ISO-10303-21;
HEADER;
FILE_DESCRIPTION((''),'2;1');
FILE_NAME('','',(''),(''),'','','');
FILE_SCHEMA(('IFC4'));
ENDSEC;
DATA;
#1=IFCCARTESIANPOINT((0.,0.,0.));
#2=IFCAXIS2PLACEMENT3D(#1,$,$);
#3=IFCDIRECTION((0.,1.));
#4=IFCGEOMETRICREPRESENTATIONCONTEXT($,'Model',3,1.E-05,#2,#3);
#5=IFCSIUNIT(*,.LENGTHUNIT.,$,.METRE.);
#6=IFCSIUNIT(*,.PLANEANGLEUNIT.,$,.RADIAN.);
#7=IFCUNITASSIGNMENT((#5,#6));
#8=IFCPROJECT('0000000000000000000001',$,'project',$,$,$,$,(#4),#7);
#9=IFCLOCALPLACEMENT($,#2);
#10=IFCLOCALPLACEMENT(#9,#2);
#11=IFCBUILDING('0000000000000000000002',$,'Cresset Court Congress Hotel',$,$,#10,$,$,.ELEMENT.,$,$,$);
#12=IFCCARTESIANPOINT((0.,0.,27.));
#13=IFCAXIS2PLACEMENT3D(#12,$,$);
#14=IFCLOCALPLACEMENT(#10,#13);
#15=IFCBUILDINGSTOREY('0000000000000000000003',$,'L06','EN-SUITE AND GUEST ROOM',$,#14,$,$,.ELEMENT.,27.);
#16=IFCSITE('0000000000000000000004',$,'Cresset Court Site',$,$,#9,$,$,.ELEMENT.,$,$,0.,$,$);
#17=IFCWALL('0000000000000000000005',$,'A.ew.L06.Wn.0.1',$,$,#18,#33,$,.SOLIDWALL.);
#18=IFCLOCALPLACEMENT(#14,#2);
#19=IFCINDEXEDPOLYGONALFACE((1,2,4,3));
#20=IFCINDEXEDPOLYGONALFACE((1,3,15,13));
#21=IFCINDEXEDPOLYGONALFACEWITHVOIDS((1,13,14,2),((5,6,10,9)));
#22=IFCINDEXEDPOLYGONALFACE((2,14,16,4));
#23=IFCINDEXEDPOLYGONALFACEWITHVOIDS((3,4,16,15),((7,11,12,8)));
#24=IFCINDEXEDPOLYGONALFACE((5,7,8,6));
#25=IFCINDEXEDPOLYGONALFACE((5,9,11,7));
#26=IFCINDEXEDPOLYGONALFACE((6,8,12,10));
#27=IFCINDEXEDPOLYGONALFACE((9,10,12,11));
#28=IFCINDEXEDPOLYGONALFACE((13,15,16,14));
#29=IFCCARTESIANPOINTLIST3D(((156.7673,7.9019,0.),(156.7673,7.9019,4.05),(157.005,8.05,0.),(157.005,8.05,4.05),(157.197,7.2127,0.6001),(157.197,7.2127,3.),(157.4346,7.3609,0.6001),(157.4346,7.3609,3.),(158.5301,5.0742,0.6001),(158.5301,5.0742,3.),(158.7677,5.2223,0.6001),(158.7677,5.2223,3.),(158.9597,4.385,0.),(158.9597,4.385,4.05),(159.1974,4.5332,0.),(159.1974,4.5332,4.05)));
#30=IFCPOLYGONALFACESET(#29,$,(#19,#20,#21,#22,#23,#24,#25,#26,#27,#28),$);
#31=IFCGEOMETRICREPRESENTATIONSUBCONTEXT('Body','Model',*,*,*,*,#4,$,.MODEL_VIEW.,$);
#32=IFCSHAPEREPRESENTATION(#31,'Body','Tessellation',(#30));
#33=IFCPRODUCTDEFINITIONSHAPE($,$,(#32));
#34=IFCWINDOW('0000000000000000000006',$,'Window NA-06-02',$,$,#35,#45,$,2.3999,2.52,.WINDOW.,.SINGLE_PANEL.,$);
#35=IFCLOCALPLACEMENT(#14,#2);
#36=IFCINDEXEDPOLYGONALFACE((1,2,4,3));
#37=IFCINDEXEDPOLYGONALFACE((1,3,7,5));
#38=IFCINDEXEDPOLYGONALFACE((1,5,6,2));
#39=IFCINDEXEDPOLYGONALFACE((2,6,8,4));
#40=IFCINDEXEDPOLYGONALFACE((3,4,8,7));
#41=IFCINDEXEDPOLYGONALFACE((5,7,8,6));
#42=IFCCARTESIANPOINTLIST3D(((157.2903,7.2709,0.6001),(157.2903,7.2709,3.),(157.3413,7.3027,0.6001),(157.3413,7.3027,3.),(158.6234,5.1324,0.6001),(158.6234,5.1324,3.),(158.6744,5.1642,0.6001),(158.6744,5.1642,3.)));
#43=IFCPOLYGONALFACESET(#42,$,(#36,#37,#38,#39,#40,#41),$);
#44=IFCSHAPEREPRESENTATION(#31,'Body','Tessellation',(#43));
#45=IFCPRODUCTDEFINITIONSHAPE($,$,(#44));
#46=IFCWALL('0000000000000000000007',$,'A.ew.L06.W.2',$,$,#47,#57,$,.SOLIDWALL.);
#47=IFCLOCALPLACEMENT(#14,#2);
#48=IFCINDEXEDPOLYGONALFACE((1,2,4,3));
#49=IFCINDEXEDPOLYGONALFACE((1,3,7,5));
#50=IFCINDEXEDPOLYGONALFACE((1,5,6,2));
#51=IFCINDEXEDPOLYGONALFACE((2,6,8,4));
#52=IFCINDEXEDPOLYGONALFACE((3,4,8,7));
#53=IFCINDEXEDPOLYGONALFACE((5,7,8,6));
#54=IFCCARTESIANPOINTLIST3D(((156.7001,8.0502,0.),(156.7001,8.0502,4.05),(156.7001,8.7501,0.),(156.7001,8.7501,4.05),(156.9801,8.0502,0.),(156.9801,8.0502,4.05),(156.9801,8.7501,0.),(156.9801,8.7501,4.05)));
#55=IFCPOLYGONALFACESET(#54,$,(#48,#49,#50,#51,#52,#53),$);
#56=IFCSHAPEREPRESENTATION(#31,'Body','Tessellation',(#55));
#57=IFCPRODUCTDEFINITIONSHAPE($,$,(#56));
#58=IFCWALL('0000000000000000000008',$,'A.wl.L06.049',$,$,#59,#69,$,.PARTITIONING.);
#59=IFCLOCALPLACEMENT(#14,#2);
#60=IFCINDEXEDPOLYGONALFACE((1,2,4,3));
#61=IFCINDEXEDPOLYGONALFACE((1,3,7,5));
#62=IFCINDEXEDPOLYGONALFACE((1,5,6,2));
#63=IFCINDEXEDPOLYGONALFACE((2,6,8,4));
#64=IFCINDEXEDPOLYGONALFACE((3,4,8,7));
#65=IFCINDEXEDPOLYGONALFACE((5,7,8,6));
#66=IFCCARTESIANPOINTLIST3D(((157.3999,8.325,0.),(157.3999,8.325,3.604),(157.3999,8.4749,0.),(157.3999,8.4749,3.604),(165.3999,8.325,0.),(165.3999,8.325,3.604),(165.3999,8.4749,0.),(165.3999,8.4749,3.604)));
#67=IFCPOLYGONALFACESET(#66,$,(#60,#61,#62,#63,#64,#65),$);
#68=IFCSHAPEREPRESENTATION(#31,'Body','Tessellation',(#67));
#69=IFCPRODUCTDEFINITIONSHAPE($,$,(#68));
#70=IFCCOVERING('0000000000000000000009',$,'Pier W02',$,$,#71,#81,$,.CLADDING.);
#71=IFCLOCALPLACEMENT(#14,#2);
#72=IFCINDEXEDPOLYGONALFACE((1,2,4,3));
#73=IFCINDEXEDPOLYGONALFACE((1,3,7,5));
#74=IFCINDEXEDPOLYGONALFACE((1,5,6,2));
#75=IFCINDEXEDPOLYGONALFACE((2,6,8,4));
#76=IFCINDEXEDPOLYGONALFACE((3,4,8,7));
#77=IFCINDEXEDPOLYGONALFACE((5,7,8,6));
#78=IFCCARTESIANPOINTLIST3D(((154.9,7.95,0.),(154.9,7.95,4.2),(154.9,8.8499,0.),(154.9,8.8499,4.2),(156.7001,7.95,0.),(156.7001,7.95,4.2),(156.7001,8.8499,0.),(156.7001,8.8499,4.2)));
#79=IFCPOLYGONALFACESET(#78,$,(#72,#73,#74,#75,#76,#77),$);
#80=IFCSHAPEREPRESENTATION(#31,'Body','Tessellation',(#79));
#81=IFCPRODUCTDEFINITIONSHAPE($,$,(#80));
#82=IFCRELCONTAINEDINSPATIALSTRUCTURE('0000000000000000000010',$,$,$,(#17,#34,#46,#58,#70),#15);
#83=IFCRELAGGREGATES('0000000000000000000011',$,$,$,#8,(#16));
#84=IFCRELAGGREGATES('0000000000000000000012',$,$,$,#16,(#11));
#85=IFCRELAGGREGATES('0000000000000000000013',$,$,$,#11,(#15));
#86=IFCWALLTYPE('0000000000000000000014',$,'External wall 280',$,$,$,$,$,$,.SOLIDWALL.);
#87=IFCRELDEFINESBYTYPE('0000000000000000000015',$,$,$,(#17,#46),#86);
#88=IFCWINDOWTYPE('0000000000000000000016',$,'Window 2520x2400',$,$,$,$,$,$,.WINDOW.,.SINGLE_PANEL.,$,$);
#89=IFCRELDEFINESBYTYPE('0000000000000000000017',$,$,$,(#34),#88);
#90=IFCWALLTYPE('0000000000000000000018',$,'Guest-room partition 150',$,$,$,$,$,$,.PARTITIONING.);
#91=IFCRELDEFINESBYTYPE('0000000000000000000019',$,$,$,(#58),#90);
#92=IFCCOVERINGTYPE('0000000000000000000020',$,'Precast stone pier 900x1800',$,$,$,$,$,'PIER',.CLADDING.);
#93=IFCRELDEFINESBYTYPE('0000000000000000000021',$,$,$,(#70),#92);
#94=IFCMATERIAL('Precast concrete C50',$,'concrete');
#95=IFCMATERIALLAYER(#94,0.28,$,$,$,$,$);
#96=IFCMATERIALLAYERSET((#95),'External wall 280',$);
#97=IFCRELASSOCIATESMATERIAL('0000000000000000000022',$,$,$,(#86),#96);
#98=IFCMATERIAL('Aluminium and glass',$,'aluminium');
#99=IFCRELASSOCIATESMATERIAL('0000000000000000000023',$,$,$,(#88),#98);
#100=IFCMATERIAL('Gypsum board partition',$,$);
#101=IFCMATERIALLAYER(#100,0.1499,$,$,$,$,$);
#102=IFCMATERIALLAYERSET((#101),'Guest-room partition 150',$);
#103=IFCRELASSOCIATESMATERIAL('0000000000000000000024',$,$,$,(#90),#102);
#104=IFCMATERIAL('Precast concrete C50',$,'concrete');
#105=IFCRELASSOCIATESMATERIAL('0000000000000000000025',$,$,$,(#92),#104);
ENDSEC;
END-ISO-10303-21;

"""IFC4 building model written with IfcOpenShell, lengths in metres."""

from ifc_helpers import new_model, si_unit, direction, frame, frame_2d, origin, origin_2d, place, context, subcontext, project, spatial, rectangle, extrude, material, layer, layer_set, type_object, element, fill, save


model = new_model("IFC4")

# Units and contexts
model_context = context("Model", 3, precision=1e-05, world=origin(), true_north=direction((0.0, 1.0)))
body_context = subcontext(model_context, "Body", "Model", "MODEL_VIEW")
ifc_project = project(units=[si_unit("LENGTHUNIT", "METRE"), si_unit("PLANEANGLEUNIT", "RADIAN")], contexts=[model_context])

# Site, building, storey
site_placement = place(None, origin())
site = spatial("IfcSite", under=ifc_project, at=site_placement, Name="Cresset Court Site", CompositionType="ELEMENT", RefElevation=0.0)
building_placement = place(site_placement, origin())
building = spatial("IfcBuilding", under=site, at=building_placement, Name="Cresset Court Congress Hotel", CompositionType="ELEMENT")
storey_placement = place(building_placement, frame((0.0, 0.0, 27.0)))
storey = spatial("IfcBuildingStorey", under=building, at=storey_placement, Name="L06", Description="EN-SUITE AND GUEST ROOM", CompositionType="ELEMENT", Elevation=27.0)

# Wall, opening, window
ifc_material_1 = material(Name="Precast concrete C50", Category="concrete")
ifc_layer_1 = layer(ifc_material_1, 0.28)
ifc_layer_set_1 = layer_set([ifc_layer_1], Name="External wall 280")
wall_type_1 = type_object("IfcWallType", Name="External wall 280", PredefinedType="SOLIDWALL", material=ifc_layer_set_1)
wall_1_placement = place(storey_placement, frame((159.0786, 4.459, 0.0), z_axis=(0.0, 0.0, 1.0), x_axis=(-0.529019, 0.84861, 0.0)))
wall_1 = element("IfcWall", 1, at=wall_1_placement, inside=storey, type_object=wall_type_1, Name="A.ew.L06.Wn.0.1", PredefinedType="SOLIDWALL", context=body_context, shape_type="SweptSolid", body=[
    extrude(rectangle(XDim=4.1443, YDim=0.28, at=frame_2d((2.0723, 0.0))), origin(), (0.0, 0.0, 1.0), 4.05),
])
opening_1_placement = place(wall_1_placement, frame((0.8123, 0.0, 0.6001)))
opening_1 = element("IfcOpeningElement", 2, at=opening_1_placement, cuts=wall_1, PredefinedType="OPENING", context=body_context, shape_type="SweptSolid", body=[
    extrude(rectangle(XDim=2.52, YDim=2.3999, at=frame_2d((1.26, 1.2))), frame((0.0, 0.1499, 0.0), z_axis=(0.0, -1.0, 0.0), x_axis=(1.0, 0.0, 0.0)), (0.0, 0.0, 1.0), 0.3),
])
ifc_material_2 = material(Name="Aluminium and glass", Category="aluminium")
window_type = type_object("IfcWindowType", Name="Window 2520x2400", PartitioningType="SINGLE_PANEL", PredefinedType="WINDOW", material=ifc_material_2)
window_placement = place(opening_1_placement, origin())
window = element("IfcWindow", 3, at=window_placement, inside=storey, type_object=window_type, Name="Window NA-06-02", OverallHeight=2.3999, OverallWidth=2.52, PartitioningType="SINGLE_PANEL", PredefinedType="WINDOW", context=body_context, shape_type="SweptSolid", body=[
    extrude(rectangle(XDim=2.52, YDim=2.3999, at=frame_2d((1.26, 1.2))), frame((0.0, 0.03, 0.0), z_axis=(0.0, -1.0, 0.0), x_axis=(1.0, 0.0, 0.0)), (0.0, 0.0, 1.0), 0.0601),
])
fill(opening_1, window)

# Walls
wall_2_placement = place(storey_placement, frame((156.8401, 8.05, 0.0), z_axis=(0.0, 0.0, 1.0), x_axis=(0.0, 1.0, 0.0)))
element("IfcWall", 4, at=wall_2_placement, inside=storey, type_object=wall_type_1, Name="A.ew.L06.W.2", PredefinedType="SOLIDWALL", context=body_context, shape_type="SweptSolid", body=[
    extrude(rectangle(XDim=0.7, YDim=0.28, at=frame_2d((0.3501, 0.0))), origin(), (0.0, 0.0, 1.0), 4.05),
])
ifc_material_3 = material(Name="Gypsum board partition")
ifc_layer_2 = layer(ifc_material_3, 0.1499)
ifc_layer_set_2 = layer_set([ifc_layer_2], Name="Guest-room partition 150")
wall_type_2 = type_object("IfcWallType", Name="Guest-room partition 150", PredefinedType="PARTITIONING", material=ifc_layer_set_2)
wall_3_placement = place(storey_placement, frame((157.3999, 8.3999, 0.0), z_axis=(0.0, 0.0, 1.0), x_axis=(1.0, 0.0, 0.0)))
element("IfcWall", 5, at=wall_3_placement, inside=storey, type_object=wall_type_2, Name="A.wl.L06.049", PredefinedType="PARTITIONING", context=body_context, shape_type="SweptSolid", body=[
    extrude(rectangle(XDim=8.0, YDim=0.1499, at=frame_2d((4.0, 0.0))), origin(), (0.0, 0.0, 1.0), 3.604),
])

# Covering
ifc_material_4 = material(Name="Precast concrete C50", Category="concrete")
covering_type = type_object("IfcCoveringType", Name="Precast stone pier 900x1800", ElementType="PIER", PredefinedType="CLADDING", material=ifc_material_4)
covering_placement = place(storey_placement, frame((155.8, 8.3999, 0.0), z_axis=(0.0, 0.0, 1.0), x_axis=(1.0, 0.0, 0.0)))
element("IfcCovering", 6, at=covering_placement, inside=storey, type_object=covering_type, Name="Pier W02", PredefinedType="CLADDING", context=body_context, shape_type="SweptSolid", body=[
    extrude(rectangle(XDim=1.8, YDim=0.8999, at=origin_2d()), origin(), (0.0, 0.0, 1.0), 4.2),
])

save(model, "model.ifc")
